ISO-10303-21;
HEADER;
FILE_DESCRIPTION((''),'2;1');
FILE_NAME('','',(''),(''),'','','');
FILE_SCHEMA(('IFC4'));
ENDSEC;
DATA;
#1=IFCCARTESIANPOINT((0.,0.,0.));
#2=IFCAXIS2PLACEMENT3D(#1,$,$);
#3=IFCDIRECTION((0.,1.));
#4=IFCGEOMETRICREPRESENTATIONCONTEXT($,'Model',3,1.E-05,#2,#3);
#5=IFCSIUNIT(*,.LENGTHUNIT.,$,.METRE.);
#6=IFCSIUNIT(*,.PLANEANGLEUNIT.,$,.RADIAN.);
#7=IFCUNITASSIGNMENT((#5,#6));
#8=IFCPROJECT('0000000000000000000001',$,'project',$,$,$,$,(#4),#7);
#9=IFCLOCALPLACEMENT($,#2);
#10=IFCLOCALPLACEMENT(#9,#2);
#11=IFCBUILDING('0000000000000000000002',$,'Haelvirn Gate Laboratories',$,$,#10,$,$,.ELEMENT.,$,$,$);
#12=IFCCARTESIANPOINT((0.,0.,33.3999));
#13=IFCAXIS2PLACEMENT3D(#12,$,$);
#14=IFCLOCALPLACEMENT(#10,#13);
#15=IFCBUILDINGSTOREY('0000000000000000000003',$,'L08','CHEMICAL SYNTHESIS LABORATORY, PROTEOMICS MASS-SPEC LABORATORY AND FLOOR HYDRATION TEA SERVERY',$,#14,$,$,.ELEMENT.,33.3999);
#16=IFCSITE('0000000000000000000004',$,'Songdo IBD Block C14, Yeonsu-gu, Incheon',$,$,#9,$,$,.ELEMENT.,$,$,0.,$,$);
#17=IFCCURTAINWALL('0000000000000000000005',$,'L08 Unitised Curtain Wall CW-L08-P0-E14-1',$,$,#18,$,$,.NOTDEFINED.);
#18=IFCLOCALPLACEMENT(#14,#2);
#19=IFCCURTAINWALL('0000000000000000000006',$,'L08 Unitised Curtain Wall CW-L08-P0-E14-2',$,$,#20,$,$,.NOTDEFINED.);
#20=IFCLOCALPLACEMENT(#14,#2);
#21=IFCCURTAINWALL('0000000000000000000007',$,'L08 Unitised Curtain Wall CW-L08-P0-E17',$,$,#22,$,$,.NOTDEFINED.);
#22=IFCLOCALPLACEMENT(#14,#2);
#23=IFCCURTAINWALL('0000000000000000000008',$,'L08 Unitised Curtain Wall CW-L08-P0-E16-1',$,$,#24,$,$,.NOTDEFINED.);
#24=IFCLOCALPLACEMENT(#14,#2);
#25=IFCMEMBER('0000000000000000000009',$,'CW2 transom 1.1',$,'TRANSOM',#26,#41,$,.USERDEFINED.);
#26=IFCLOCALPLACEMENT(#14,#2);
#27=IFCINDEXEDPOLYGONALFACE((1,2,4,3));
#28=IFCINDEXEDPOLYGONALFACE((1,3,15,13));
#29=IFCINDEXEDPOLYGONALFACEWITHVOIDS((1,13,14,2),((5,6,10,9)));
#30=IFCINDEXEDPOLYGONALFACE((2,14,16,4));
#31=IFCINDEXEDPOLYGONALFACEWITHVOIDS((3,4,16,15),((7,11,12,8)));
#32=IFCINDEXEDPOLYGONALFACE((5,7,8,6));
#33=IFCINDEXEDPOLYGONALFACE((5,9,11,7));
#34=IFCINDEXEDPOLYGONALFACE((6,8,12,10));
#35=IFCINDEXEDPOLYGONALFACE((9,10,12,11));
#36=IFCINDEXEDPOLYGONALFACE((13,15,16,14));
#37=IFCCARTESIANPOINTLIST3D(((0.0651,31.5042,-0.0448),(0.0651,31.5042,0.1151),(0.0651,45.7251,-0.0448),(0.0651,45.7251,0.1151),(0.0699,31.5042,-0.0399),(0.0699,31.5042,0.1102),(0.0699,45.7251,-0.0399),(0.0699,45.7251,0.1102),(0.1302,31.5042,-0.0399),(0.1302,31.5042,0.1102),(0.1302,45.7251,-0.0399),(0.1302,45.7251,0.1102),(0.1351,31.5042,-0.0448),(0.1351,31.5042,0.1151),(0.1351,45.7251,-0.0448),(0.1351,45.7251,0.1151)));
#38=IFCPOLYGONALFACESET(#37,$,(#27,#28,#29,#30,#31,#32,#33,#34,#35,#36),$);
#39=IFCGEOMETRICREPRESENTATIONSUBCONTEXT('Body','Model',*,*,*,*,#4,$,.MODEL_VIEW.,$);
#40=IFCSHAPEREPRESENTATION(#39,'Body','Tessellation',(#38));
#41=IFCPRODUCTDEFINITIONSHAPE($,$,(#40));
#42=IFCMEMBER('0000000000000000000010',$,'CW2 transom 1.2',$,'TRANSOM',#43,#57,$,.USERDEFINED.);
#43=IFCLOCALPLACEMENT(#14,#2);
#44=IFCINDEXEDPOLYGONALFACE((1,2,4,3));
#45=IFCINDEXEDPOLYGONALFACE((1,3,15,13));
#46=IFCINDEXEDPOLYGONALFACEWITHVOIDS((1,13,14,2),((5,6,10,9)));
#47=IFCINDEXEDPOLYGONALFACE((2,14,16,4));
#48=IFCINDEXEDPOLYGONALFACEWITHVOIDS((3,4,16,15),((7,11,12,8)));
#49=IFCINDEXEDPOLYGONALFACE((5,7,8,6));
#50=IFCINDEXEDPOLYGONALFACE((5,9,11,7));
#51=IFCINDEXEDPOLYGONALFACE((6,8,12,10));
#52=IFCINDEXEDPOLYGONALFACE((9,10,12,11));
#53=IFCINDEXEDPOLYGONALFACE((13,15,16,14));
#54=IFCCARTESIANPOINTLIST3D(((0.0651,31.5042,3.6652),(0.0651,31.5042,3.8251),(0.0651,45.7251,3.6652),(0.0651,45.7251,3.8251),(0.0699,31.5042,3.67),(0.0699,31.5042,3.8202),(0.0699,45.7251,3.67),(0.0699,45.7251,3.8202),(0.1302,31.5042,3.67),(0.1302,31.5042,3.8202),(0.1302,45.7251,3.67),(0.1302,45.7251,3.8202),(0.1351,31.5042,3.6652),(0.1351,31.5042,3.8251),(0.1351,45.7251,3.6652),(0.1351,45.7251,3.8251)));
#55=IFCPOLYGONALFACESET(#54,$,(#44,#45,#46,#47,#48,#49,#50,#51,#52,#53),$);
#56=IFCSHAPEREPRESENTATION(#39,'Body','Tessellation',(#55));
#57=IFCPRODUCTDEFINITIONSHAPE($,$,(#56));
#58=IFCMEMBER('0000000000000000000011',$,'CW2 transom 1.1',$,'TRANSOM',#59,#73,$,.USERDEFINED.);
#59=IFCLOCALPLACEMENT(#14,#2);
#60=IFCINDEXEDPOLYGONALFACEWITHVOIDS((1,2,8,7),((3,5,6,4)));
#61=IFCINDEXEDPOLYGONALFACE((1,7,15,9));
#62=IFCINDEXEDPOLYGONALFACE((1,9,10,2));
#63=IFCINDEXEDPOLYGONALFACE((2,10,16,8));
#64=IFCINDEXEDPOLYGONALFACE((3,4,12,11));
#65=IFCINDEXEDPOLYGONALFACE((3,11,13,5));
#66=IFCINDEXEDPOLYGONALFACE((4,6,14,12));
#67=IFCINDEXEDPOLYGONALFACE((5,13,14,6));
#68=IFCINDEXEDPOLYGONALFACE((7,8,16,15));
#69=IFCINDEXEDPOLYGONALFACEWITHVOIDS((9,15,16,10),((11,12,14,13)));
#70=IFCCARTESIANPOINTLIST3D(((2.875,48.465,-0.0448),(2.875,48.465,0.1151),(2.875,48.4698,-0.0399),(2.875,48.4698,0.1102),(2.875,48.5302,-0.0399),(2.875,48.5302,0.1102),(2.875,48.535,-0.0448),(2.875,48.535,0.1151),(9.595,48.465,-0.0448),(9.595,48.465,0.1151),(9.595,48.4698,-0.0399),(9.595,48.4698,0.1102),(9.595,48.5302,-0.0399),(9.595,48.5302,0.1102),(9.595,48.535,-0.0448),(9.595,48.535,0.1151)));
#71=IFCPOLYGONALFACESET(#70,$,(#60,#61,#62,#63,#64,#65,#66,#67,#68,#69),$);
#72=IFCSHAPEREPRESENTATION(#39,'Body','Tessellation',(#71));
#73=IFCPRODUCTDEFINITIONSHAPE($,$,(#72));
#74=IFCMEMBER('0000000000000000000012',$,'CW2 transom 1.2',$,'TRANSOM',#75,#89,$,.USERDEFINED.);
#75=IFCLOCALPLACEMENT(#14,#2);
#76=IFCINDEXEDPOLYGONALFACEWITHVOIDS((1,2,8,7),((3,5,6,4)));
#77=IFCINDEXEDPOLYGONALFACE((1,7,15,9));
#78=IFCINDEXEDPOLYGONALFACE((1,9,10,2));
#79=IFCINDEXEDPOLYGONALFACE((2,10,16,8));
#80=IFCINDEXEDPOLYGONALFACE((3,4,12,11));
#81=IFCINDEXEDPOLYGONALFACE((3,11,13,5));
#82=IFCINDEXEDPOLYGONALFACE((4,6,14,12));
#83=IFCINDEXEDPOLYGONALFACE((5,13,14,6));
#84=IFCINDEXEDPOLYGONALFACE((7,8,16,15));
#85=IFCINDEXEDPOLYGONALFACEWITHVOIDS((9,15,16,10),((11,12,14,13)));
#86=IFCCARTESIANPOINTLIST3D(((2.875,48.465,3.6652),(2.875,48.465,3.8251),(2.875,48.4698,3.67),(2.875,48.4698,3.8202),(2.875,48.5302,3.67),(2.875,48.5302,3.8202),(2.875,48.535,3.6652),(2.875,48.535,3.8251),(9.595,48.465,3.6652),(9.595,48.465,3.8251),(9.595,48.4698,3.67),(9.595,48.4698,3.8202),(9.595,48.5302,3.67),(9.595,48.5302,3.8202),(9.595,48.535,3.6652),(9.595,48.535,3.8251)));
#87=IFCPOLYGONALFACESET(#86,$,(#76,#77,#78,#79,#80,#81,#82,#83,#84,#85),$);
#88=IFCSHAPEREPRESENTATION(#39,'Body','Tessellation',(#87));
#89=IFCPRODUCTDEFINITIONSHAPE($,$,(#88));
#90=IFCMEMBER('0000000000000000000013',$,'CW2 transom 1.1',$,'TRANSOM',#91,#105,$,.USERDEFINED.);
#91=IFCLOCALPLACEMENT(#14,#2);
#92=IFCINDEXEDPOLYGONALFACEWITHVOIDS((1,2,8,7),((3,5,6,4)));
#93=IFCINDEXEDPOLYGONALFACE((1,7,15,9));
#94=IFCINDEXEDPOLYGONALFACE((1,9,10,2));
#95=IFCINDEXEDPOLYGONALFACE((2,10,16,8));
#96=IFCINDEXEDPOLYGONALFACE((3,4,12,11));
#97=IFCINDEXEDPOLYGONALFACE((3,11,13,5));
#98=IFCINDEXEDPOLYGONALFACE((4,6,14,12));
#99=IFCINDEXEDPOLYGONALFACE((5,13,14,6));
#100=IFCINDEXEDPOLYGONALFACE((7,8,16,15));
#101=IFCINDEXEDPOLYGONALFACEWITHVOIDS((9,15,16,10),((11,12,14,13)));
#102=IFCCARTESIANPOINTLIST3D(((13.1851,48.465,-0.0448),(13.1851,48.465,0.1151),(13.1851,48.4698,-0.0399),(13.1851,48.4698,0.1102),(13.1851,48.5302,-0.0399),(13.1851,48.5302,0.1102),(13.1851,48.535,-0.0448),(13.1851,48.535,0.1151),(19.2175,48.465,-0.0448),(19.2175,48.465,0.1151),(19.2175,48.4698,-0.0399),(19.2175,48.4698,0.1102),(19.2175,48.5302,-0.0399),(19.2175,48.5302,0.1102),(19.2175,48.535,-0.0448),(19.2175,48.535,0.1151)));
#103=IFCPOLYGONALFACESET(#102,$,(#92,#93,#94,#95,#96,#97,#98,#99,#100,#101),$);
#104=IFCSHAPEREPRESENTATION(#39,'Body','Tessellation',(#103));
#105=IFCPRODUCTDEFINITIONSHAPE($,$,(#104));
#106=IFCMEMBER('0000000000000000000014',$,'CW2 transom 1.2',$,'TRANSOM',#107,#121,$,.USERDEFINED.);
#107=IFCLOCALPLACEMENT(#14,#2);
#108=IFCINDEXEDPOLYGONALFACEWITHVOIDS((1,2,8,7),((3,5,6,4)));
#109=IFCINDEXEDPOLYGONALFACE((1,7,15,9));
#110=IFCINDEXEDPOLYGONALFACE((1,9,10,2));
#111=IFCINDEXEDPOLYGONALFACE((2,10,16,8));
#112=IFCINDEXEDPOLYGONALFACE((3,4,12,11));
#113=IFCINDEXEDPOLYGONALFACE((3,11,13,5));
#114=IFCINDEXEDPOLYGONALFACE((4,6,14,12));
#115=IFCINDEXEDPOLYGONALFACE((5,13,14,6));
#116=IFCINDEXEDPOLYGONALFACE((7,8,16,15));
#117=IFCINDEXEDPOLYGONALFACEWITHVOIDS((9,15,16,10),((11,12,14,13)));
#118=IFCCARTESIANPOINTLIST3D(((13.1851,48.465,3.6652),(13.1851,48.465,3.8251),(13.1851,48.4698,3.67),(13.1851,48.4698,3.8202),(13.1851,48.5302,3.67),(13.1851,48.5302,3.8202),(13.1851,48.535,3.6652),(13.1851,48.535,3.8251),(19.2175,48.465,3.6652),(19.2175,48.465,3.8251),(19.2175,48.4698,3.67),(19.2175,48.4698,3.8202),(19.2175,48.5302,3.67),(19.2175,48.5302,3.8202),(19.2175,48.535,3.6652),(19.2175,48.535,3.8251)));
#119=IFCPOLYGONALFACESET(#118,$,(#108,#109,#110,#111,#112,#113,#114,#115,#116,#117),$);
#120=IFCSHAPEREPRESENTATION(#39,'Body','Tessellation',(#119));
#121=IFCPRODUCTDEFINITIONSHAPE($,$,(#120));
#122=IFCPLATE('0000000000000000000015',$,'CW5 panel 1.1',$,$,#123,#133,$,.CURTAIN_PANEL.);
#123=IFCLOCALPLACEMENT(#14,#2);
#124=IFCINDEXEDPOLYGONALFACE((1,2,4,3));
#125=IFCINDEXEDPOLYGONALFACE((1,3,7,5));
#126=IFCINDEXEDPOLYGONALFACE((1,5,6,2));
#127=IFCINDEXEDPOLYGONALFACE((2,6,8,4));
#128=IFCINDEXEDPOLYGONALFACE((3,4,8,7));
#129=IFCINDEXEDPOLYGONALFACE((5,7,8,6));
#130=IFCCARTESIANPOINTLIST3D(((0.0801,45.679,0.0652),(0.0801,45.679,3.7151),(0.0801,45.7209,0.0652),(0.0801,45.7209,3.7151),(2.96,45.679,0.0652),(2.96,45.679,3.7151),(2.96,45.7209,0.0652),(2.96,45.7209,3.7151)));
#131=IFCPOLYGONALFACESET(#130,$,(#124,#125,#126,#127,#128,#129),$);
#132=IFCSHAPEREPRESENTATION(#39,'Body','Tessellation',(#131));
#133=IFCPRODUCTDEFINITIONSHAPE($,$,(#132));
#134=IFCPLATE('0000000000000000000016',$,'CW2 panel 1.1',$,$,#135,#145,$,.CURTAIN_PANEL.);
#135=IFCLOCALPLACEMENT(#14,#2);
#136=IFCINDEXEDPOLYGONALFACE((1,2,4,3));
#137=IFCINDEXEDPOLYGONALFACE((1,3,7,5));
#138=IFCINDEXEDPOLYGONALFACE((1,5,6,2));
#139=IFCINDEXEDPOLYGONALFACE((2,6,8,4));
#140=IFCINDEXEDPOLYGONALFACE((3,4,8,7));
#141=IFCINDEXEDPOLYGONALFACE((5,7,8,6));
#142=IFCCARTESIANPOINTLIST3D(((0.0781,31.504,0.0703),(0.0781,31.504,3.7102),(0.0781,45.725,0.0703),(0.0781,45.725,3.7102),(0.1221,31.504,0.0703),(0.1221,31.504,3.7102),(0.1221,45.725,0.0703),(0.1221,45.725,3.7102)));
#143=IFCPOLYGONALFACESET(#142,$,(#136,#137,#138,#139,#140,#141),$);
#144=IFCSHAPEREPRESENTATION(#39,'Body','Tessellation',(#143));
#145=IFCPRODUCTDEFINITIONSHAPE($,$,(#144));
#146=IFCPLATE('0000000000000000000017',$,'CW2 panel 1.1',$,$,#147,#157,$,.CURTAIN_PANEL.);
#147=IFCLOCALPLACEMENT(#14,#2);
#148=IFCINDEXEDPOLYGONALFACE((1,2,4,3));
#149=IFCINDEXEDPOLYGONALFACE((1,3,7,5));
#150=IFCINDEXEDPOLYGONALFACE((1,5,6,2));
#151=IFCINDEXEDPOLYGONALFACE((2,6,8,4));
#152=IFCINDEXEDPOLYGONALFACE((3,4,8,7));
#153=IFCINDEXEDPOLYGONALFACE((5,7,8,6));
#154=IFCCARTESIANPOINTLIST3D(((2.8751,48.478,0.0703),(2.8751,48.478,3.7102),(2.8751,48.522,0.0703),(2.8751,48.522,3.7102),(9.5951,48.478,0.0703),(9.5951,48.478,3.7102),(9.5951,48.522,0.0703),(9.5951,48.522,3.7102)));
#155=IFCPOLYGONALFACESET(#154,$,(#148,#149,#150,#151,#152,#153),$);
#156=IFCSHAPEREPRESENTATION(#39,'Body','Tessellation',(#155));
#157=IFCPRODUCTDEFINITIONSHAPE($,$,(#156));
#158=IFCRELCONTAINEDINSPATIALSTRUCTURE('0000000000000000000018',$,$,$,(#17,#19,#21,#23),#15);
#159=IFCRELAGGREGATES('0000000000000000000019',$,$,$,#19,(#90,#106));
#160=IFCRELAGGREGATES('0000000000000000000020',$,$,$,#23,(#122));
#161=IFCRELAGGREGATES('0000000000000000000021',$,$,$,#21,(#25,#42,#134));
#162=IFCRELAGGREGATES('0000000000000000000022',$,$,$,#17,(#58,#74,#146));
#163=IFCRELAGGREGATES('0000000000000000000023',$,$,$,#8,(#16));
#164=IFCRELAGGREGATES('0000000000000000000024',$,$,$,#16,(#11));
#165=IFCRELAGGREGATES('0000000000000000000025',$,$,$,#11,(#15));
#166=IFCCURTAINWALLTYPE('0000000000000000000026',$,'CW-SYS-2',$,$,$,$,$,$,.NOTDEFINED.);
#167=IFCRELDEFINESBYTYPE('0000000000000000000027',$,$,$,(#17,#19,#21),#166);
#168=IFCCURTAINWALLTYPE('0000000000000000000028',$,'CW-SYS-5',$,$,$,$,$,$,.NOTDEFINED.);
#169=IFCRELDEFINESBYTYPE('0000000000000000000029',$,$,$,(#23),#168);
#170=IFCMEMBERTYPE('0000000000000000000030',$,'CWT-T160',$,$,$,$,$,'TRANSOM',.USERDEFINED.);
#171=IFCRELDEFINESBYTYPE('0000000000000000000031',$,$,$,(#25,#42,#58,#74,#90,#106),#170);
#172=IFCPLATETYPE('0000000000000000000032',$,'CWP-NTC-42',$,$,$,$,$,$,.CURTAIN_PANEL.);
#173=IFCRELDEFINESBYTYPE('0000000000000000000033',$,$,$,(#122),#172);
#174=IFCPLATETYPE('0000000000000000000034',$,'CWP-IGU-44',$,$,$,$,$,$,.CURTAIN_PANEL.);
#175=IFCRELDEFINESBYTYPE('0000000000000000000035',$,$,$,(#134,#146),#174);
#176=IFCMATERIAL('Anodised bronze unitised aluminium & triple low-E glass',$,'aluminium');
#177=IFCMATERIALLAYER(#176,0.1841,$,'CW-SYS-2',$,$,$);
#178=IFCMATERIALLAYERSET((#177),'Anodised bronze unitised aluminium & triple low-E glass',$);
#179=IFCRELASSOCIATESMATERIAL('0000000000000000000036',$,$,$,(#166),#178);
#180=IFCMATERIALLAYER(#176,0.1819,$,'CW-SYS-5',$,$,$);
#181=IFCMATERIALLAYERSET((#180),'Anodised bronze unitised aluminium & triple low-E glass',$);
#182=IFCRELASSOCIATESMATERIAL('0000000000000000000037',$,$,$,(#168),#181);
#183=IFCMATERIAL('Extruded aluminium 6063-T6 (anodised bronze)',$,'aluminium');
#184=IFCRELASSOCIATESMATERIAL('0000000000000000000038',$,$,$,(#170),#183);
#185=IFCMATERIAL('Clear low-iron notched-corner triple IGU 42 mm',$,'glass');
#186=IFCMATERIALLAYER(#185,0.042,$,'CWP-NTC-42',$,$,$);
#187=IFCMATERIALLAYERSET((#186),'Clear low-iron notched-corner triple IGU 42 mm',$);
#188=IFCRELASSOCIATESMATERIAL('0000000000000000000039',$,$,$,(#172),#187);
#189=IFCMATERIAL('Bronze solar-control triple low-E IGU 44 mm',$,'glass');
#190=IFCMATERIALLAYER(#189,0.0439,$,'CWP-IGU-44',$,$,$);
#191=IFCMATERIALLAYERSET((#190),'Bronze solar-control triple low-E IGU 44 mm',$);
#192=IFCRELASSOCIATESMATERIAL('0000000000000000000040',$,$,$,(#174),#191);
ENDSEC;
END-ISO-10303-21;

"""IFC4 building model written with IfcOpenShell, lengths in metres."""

from ifc_helpers import new_model, si_unit, direction, frame, origin, origin_2d, place, context, subcontext, project, spatial, rectangle, hollow_rectangle, extrude, source, transform, mapped, material, layer, layer_set, material_profile, profile_set, type_object, type_shapes, element, aggregate, save


model = new_model("IFC4")

# Units and contexts
model_context = context("Model", 3, precision=1e-05, world=origin(), true_north=direction((0.0, 1.0)))
body_context = subcontext(model_context, "Body", "Model", "MODEL_VIEW")
ifc_project = project(units=[si_unit("LENGTHUNIT", "METRE"), si_unit("PLANEANGLEUNIT", "RADIAN")], contexts=[model_context])

# Site, building, storey
site_placement = place(None, origin())
site = spatial("IfcSite", under=ifc_project, at=site_placement, Name="Songdo IBD Block C14, Yeonsu-gu, Incheon", CompositionType="ELEMENT", RefElevation=0.0)
building_placement = place(site_placement, origin())
building = spatial("IfcBuilding", under=site, at=building_placement, Name="Haelvirn Gate Laboratories", CompositionType="ELEMENT")
storey_placement = place(building_placement, frame((0.0, 0.0, 33.3999)))
storey = spatial("IfcBuildingStorey", under=building, at=storey_placement, Name="L08", Description="CHEMICAL SYNTHESIS LABORATORY, PROTEOMICS MASS-SPEC LABORATORY AND FLOOR HYDRATION TEA SERVERY", CompositionType="ELEMENT", Elevation=33.3999)

# Curtain wall
ifc_material_1 = material(Name="Anodised bronze unitised aluminium & triple low-E glass", Category="aluminium")
ifc_layer_1 = layer(ifc_material_1, 0.1841, Name="CW-SYS-2")
ifc_layer_set_1 = layer_set([ifc_layer_1], Name="Anodised bronze unitised aluminium & triple low-E glass")
curtain_wall_type_1 = type_object("IfcCurtainWallType", Name="CW-SYS-2", PredefinedType="NOTDEFINED", material=ifc_layer_set_1)
curtain_wall_1_placement = place(storey_placement, origin())
curtain_wall_1 = element("IfcCurtainWall", 1, at=curtain_wall_1_placement, inside=storey, type_object=curtain_wall_type_1, Name="L08 Unitised Curtain Wall CW-L08-P0-E14-1", PredefinedType="NOTDEFINED")
ifc_material_2 = material(Name="Extruded aluminium 6063-T6 (anodised bronze)", Category="aluminium")

# Curtain walls
curtain_wall_2_placement = place(storey_placement, origin())
curtain_wall_2 = element("IfcCurtainWall", 2, at=curtain_wall_2_placement, inside=storey, type_object=curtain_wall_type_1, Name="L08 Unitised Curtain Wall CW-L08-P0-E14-2", PredefinedType="NOTDEFINED")
curtain_wall_3_placement = place(storey_placement, origin())
curtain_wall_3 = element("IfcCurtainWall", 3, at=curtain_wall_3_placement, inside=storey, type_object=curtain_wall_type_1, Name="L08 Unitised Curtain Wall CW-L08-P0-E17", PredefinedType="NOTDEFINED")

# Curtain wall
ifc_layer_2 = layer(ifc_material_1, 0.1819, Name="CW-SYS-5")
ifc_layer_set_2 = layer_set([ifc_layer_2], Name="Anodised bronze unitised aluminium & triple low-E glass")
curtain_wall_type_2 = type_object("IfcCurtainWallType", Name="CW-SYS-5", PredefinedType="NOTDEFINED", material=ifc_layer_set_2)
curtain_wall_4_placement = place(storey_placement, origin())
curtain_wall_4 = element("IfcCurtainWall", 4, at=curtain_wall_4_placement, inside=storey, type_object=curtain_wall_type_2, Name="L08 Unitised Curtain Wall CW-L08-P0-E16-1", PredefinedType="NOTDEFINED")

# Members
ifc_material_profile_1 = material_profile(ifc_material_2, hollow_rectangle(XDim=0.0701, YDim=0.1599, WallThickness=0.0049, at=origin_2d()), Name="CWT-160x70x5")
ifc_profile_set_1 = profile_set([ifc_material_profile_1], Name="Extruded aluminium 6063-T6 (anodised bronze)")
member_type_1 = type_object("IfcMemberType", Name="CWT-T160", ElementType="TRANSOM", PredefinedType="USERDEFINED", material=ifc_profile_set_1)
shared_shape_1 = source(origin(), body_context, "Body", "SweptSolid", [
    extrude(hollow_rectangle(XDim=0.0701, YDim=0.1599, WallThickness=0.0049, at=origin_2d()), origin(), (0.0, 0.0, 1.0), 14.2209),
])
member_1_placement = place(storey_placement, frame((0.1001, 45.7251, 0.0352), z_axis=(0.0, -1.0, 0.0), x_axis=(1.0, 0.0, 0.0)))
member_1 = element("IfcMember", 5, at=member_1_placement, type_object=member_type_1, Name="CW2 transom 1.1", ObjectType="TRANSOM", PredefinedType="USERDEFINED", context=body_context, shape_type="MappedRepresentation", body=[
    mapped(shared_shape_1, transform((0.0, 0.0, 0.0), scale=1.0)),
])
member_2_placement = place(storey_placement, frame((0.1001, 45.7251, 3.7451), z_axis=(0.0, -1.0, 0.0), x_axis=(1.0, 0.0, 0.0)))
member_2 = element("IfcMember", 6, at=member_2_placement, type_object=member_type_1, Name="CW2 transom 1.2", ObjectType="TRANSOM", PredefinedType="USERDEFINED", context=body_context, shape_type="MappedRepresentation", body=[
    mapped(shared_shape_1, transform((0.0, 0.0, 0.0), scale=1.0)),
])
shared_shape_2 = source(origin(), body_context, "Body", "SweptSolid", [
    extrude(hollow_rectangle(XDim=0.0701, YDim=0.1599, WallThickness=0.0049, at=origin_2d()), origin(), (0.0, 0.0, 1.0), 6.72),
])
member_3_placement = place(storey_placement, frame((2.875, 48.5, 0.0352), z_axis=(1.0, 0.0, 0.0), x_axis=(0.0, 1.0, 0.0)))
member_3 = element("IfcMember", 7, at=member_3_placement, type_object=member_type_1, Name="CW2 transom 1.1", ObjectType="TRANSOM", PredefinedType="USERDEFINED", context=body_context, shape_type="MappedRepresentation", body=[
    mapped(shared_shape_2, transform((0.0, 0.0, 0.0), scale=1.0)),
])
member_4_placement = place(storey_placement, frame((2.875, 48.5, 3.7451), z_axis=(1.0, 0.0, 0.0), x_axis=(0.0, 1.0, 0.0)))
member_4 = element("IfcMember", 8, at=member_4_placement, type_object=member_type_1, Name="CW2 transom 1.2", ObjectType="TRANSOM", PredefinedType="USERDEFINED", context=body_context, shape_type="MappedRepresentation", body=[
    mapped(shared_shape_2, transform((0.0, 0.0, 0.0), scale=1.0)),
])
shared_shape_3 = source(origin(), body_context, "Body", "SweptSolid", [
    extrude(hollow_rectangle(XDim=0.0701, YDim=0.1599, WallThickness=0.0049, at=origin_2d()), origin(), (0.0, 0.0, 1.0), 6.0325),
])
type_shapes(member_type_1, [shared_shape_1, shared_shape_2, shared_shape_3])
member_5_placement = place(storey_placement, frame((13.1851, 48.5, 0.0352), z_axis=(1.0, 0.0, 0.0), x_axis=(0.0, 1.0, 0.0)))
member_5 = element("IfcMember", 9, at=member_5_placement, type_object=member_type_1, Name="CW2 transom 1.1", ObjectType="TRANSOM", PredefinedType="USERDEFINED", context=body_context, shape_type="MappedRepresentation", body=[
    mapped(shared_shape_3, transform((0.0, 0.0, 0.0), scale=1.0)),
])
member_6_placement = place(storey_placement, frame((13.1851, 48.5, 3.7451), z_axis=(1.0, 0.0, 0.0), x_axis=(0.0, 1.0, 0.0)))
member_6 = element("IfcMember", 10, at=member_6_placement, type_object=member_type_1, Name="CW2 transom 1.2", ObjectType="TRANSOM", PredefinedType="USERDEFINED", context=body_context, shape_type="MappedRepresentation", body=[
    mapped(shared_shape_3, transform((0.0, 0.0, 0.0), scale=1.0)),
])
aggregate(curtain_wall_2, [member_5, member_6])

# Plates
ifc_material_3 = material(Name="Clear low-iron notched-corner triple IGU 42 mm", Category="glass")
ifc_layer_3 = layer(ifc_material_3, 0.042, Name="CWP-NTC-42")
ifc_layer_set_3 = layer_set([ifc_layer_3], Name="Clear low-iron notched-corner triple IGU 42 mm")
plate_type_1 = type_object("IfcPlateType", Name="CWP-NTC-42", PredefinedType="CURTAIN_PANEL", material=ifc_layer_set_3)
shared_shape_4 = source(origin(), body_context, "Body", "SweptSolid", [
    extrude(rectangle(XDim=2.8799, YDim=0.042, at=origin_2d()), origin(), (0.0, 0.0, 1.0), 3.6499),
])
type_shapes(plate_type_1, [shared_shape_4])
plate_1_placement = place(storey_placement, frame((1.52, 45.7, 0.0652), z_axis=(0.0, 0.0, 1.0), x_axis=(1.0, 0.0, 0.0)))
plate_1 = element("IfcPlate", 11, at=plate_1_placement, type_object=plate_type_1, Name="CW5 panel 1.1", PredefinedType="CURTAIN_PANEL", context=body_context, shape_type="MappedRepresentation", body=[
    mapped(shared_shape_4, transform((0.0, 0.0, 0.0), scale=1.0)),
])
aggregate(curtain_wall_4, [plate_1])
ifc_material_4 = material(Name="Bronze solar-control triple low-E IGU 44 mm", Category="glass")
ifc_layer_4 = layer(ifc_material_4, 0.0439, Name="CWP-IGU-44")
ifc_layer_set_4 = layer_set([ifc_layer_4], Name="Bronze solar-control triple low-E IGU 44 mm")
plate_type_2 = type_object("IfcPlateType", Name="CWP-IGU-44", PredefinedType="CURTAIN_PANEL", material=ifc_layer_set_4)
shared_shape_5 = source(origin(), body_context, "Body", "SweptSolid", [
    extrude(rectangle(XDim=14.2209, YDim=0.0439, at=origin_2d()), origin(), (0.0, 0.0, 1.0), 3.6399),
])
plate_2_placement = place(storey_placement, frame((0.1001, 38.6145, 0.0703), z_axis=(0.0, 0.0, 1.0), x_axis=(0.0, -1.0, 0.0)))
plate_2 = element("IfcPlate", 12, at=plate_2_placement, type_object=plate_type_2, Name="CW2 panel 1.1", PredefinedType="CURTAIN_PANEL", context=body_context, shape_type="MappedRepresentation", body=[
    mapped(shared_shape_5, transform((0.0, 0.0, 0.0), scale=1.0)),
])
aggregate(curtain_wall_3, [member_1, member_2, plate_2])
shared_shape_6 = source(origin(), body_context, "Body", "SweptSolid", [
    extrude(rectangle(XDim=6.72, YDim=0.0439, at=origin_2d()), origin(), (0.0, 0.0, 1.0), 3.6399),
])
type_shapes(plate_type_2, [shared_shape_5, shared_shape_6])
plate_3_placement = place(storey_placement, frame((6.2351, 48.5, 0.0703), z_axis=(0.0, 0.0, 1.0), x_axis=(1.0, 0.0, 0.0)))
plate_3 = element("IfcPlate", 13, at=plate_3_placement, type_object=plate_type_2, Name="CW2 panel 1.1", PredefinedType="CURTAIN_PANEL", context=body_context, shape_type="MappedRepresentation", body=[
    mapped(shared_shape_6, transform((0.0, 0.0, 0.0), scale=1.0)),
])
aggregate(curtain_wall_1, [member_3, member_4, plate_3])

save(model, "model.ifc")
